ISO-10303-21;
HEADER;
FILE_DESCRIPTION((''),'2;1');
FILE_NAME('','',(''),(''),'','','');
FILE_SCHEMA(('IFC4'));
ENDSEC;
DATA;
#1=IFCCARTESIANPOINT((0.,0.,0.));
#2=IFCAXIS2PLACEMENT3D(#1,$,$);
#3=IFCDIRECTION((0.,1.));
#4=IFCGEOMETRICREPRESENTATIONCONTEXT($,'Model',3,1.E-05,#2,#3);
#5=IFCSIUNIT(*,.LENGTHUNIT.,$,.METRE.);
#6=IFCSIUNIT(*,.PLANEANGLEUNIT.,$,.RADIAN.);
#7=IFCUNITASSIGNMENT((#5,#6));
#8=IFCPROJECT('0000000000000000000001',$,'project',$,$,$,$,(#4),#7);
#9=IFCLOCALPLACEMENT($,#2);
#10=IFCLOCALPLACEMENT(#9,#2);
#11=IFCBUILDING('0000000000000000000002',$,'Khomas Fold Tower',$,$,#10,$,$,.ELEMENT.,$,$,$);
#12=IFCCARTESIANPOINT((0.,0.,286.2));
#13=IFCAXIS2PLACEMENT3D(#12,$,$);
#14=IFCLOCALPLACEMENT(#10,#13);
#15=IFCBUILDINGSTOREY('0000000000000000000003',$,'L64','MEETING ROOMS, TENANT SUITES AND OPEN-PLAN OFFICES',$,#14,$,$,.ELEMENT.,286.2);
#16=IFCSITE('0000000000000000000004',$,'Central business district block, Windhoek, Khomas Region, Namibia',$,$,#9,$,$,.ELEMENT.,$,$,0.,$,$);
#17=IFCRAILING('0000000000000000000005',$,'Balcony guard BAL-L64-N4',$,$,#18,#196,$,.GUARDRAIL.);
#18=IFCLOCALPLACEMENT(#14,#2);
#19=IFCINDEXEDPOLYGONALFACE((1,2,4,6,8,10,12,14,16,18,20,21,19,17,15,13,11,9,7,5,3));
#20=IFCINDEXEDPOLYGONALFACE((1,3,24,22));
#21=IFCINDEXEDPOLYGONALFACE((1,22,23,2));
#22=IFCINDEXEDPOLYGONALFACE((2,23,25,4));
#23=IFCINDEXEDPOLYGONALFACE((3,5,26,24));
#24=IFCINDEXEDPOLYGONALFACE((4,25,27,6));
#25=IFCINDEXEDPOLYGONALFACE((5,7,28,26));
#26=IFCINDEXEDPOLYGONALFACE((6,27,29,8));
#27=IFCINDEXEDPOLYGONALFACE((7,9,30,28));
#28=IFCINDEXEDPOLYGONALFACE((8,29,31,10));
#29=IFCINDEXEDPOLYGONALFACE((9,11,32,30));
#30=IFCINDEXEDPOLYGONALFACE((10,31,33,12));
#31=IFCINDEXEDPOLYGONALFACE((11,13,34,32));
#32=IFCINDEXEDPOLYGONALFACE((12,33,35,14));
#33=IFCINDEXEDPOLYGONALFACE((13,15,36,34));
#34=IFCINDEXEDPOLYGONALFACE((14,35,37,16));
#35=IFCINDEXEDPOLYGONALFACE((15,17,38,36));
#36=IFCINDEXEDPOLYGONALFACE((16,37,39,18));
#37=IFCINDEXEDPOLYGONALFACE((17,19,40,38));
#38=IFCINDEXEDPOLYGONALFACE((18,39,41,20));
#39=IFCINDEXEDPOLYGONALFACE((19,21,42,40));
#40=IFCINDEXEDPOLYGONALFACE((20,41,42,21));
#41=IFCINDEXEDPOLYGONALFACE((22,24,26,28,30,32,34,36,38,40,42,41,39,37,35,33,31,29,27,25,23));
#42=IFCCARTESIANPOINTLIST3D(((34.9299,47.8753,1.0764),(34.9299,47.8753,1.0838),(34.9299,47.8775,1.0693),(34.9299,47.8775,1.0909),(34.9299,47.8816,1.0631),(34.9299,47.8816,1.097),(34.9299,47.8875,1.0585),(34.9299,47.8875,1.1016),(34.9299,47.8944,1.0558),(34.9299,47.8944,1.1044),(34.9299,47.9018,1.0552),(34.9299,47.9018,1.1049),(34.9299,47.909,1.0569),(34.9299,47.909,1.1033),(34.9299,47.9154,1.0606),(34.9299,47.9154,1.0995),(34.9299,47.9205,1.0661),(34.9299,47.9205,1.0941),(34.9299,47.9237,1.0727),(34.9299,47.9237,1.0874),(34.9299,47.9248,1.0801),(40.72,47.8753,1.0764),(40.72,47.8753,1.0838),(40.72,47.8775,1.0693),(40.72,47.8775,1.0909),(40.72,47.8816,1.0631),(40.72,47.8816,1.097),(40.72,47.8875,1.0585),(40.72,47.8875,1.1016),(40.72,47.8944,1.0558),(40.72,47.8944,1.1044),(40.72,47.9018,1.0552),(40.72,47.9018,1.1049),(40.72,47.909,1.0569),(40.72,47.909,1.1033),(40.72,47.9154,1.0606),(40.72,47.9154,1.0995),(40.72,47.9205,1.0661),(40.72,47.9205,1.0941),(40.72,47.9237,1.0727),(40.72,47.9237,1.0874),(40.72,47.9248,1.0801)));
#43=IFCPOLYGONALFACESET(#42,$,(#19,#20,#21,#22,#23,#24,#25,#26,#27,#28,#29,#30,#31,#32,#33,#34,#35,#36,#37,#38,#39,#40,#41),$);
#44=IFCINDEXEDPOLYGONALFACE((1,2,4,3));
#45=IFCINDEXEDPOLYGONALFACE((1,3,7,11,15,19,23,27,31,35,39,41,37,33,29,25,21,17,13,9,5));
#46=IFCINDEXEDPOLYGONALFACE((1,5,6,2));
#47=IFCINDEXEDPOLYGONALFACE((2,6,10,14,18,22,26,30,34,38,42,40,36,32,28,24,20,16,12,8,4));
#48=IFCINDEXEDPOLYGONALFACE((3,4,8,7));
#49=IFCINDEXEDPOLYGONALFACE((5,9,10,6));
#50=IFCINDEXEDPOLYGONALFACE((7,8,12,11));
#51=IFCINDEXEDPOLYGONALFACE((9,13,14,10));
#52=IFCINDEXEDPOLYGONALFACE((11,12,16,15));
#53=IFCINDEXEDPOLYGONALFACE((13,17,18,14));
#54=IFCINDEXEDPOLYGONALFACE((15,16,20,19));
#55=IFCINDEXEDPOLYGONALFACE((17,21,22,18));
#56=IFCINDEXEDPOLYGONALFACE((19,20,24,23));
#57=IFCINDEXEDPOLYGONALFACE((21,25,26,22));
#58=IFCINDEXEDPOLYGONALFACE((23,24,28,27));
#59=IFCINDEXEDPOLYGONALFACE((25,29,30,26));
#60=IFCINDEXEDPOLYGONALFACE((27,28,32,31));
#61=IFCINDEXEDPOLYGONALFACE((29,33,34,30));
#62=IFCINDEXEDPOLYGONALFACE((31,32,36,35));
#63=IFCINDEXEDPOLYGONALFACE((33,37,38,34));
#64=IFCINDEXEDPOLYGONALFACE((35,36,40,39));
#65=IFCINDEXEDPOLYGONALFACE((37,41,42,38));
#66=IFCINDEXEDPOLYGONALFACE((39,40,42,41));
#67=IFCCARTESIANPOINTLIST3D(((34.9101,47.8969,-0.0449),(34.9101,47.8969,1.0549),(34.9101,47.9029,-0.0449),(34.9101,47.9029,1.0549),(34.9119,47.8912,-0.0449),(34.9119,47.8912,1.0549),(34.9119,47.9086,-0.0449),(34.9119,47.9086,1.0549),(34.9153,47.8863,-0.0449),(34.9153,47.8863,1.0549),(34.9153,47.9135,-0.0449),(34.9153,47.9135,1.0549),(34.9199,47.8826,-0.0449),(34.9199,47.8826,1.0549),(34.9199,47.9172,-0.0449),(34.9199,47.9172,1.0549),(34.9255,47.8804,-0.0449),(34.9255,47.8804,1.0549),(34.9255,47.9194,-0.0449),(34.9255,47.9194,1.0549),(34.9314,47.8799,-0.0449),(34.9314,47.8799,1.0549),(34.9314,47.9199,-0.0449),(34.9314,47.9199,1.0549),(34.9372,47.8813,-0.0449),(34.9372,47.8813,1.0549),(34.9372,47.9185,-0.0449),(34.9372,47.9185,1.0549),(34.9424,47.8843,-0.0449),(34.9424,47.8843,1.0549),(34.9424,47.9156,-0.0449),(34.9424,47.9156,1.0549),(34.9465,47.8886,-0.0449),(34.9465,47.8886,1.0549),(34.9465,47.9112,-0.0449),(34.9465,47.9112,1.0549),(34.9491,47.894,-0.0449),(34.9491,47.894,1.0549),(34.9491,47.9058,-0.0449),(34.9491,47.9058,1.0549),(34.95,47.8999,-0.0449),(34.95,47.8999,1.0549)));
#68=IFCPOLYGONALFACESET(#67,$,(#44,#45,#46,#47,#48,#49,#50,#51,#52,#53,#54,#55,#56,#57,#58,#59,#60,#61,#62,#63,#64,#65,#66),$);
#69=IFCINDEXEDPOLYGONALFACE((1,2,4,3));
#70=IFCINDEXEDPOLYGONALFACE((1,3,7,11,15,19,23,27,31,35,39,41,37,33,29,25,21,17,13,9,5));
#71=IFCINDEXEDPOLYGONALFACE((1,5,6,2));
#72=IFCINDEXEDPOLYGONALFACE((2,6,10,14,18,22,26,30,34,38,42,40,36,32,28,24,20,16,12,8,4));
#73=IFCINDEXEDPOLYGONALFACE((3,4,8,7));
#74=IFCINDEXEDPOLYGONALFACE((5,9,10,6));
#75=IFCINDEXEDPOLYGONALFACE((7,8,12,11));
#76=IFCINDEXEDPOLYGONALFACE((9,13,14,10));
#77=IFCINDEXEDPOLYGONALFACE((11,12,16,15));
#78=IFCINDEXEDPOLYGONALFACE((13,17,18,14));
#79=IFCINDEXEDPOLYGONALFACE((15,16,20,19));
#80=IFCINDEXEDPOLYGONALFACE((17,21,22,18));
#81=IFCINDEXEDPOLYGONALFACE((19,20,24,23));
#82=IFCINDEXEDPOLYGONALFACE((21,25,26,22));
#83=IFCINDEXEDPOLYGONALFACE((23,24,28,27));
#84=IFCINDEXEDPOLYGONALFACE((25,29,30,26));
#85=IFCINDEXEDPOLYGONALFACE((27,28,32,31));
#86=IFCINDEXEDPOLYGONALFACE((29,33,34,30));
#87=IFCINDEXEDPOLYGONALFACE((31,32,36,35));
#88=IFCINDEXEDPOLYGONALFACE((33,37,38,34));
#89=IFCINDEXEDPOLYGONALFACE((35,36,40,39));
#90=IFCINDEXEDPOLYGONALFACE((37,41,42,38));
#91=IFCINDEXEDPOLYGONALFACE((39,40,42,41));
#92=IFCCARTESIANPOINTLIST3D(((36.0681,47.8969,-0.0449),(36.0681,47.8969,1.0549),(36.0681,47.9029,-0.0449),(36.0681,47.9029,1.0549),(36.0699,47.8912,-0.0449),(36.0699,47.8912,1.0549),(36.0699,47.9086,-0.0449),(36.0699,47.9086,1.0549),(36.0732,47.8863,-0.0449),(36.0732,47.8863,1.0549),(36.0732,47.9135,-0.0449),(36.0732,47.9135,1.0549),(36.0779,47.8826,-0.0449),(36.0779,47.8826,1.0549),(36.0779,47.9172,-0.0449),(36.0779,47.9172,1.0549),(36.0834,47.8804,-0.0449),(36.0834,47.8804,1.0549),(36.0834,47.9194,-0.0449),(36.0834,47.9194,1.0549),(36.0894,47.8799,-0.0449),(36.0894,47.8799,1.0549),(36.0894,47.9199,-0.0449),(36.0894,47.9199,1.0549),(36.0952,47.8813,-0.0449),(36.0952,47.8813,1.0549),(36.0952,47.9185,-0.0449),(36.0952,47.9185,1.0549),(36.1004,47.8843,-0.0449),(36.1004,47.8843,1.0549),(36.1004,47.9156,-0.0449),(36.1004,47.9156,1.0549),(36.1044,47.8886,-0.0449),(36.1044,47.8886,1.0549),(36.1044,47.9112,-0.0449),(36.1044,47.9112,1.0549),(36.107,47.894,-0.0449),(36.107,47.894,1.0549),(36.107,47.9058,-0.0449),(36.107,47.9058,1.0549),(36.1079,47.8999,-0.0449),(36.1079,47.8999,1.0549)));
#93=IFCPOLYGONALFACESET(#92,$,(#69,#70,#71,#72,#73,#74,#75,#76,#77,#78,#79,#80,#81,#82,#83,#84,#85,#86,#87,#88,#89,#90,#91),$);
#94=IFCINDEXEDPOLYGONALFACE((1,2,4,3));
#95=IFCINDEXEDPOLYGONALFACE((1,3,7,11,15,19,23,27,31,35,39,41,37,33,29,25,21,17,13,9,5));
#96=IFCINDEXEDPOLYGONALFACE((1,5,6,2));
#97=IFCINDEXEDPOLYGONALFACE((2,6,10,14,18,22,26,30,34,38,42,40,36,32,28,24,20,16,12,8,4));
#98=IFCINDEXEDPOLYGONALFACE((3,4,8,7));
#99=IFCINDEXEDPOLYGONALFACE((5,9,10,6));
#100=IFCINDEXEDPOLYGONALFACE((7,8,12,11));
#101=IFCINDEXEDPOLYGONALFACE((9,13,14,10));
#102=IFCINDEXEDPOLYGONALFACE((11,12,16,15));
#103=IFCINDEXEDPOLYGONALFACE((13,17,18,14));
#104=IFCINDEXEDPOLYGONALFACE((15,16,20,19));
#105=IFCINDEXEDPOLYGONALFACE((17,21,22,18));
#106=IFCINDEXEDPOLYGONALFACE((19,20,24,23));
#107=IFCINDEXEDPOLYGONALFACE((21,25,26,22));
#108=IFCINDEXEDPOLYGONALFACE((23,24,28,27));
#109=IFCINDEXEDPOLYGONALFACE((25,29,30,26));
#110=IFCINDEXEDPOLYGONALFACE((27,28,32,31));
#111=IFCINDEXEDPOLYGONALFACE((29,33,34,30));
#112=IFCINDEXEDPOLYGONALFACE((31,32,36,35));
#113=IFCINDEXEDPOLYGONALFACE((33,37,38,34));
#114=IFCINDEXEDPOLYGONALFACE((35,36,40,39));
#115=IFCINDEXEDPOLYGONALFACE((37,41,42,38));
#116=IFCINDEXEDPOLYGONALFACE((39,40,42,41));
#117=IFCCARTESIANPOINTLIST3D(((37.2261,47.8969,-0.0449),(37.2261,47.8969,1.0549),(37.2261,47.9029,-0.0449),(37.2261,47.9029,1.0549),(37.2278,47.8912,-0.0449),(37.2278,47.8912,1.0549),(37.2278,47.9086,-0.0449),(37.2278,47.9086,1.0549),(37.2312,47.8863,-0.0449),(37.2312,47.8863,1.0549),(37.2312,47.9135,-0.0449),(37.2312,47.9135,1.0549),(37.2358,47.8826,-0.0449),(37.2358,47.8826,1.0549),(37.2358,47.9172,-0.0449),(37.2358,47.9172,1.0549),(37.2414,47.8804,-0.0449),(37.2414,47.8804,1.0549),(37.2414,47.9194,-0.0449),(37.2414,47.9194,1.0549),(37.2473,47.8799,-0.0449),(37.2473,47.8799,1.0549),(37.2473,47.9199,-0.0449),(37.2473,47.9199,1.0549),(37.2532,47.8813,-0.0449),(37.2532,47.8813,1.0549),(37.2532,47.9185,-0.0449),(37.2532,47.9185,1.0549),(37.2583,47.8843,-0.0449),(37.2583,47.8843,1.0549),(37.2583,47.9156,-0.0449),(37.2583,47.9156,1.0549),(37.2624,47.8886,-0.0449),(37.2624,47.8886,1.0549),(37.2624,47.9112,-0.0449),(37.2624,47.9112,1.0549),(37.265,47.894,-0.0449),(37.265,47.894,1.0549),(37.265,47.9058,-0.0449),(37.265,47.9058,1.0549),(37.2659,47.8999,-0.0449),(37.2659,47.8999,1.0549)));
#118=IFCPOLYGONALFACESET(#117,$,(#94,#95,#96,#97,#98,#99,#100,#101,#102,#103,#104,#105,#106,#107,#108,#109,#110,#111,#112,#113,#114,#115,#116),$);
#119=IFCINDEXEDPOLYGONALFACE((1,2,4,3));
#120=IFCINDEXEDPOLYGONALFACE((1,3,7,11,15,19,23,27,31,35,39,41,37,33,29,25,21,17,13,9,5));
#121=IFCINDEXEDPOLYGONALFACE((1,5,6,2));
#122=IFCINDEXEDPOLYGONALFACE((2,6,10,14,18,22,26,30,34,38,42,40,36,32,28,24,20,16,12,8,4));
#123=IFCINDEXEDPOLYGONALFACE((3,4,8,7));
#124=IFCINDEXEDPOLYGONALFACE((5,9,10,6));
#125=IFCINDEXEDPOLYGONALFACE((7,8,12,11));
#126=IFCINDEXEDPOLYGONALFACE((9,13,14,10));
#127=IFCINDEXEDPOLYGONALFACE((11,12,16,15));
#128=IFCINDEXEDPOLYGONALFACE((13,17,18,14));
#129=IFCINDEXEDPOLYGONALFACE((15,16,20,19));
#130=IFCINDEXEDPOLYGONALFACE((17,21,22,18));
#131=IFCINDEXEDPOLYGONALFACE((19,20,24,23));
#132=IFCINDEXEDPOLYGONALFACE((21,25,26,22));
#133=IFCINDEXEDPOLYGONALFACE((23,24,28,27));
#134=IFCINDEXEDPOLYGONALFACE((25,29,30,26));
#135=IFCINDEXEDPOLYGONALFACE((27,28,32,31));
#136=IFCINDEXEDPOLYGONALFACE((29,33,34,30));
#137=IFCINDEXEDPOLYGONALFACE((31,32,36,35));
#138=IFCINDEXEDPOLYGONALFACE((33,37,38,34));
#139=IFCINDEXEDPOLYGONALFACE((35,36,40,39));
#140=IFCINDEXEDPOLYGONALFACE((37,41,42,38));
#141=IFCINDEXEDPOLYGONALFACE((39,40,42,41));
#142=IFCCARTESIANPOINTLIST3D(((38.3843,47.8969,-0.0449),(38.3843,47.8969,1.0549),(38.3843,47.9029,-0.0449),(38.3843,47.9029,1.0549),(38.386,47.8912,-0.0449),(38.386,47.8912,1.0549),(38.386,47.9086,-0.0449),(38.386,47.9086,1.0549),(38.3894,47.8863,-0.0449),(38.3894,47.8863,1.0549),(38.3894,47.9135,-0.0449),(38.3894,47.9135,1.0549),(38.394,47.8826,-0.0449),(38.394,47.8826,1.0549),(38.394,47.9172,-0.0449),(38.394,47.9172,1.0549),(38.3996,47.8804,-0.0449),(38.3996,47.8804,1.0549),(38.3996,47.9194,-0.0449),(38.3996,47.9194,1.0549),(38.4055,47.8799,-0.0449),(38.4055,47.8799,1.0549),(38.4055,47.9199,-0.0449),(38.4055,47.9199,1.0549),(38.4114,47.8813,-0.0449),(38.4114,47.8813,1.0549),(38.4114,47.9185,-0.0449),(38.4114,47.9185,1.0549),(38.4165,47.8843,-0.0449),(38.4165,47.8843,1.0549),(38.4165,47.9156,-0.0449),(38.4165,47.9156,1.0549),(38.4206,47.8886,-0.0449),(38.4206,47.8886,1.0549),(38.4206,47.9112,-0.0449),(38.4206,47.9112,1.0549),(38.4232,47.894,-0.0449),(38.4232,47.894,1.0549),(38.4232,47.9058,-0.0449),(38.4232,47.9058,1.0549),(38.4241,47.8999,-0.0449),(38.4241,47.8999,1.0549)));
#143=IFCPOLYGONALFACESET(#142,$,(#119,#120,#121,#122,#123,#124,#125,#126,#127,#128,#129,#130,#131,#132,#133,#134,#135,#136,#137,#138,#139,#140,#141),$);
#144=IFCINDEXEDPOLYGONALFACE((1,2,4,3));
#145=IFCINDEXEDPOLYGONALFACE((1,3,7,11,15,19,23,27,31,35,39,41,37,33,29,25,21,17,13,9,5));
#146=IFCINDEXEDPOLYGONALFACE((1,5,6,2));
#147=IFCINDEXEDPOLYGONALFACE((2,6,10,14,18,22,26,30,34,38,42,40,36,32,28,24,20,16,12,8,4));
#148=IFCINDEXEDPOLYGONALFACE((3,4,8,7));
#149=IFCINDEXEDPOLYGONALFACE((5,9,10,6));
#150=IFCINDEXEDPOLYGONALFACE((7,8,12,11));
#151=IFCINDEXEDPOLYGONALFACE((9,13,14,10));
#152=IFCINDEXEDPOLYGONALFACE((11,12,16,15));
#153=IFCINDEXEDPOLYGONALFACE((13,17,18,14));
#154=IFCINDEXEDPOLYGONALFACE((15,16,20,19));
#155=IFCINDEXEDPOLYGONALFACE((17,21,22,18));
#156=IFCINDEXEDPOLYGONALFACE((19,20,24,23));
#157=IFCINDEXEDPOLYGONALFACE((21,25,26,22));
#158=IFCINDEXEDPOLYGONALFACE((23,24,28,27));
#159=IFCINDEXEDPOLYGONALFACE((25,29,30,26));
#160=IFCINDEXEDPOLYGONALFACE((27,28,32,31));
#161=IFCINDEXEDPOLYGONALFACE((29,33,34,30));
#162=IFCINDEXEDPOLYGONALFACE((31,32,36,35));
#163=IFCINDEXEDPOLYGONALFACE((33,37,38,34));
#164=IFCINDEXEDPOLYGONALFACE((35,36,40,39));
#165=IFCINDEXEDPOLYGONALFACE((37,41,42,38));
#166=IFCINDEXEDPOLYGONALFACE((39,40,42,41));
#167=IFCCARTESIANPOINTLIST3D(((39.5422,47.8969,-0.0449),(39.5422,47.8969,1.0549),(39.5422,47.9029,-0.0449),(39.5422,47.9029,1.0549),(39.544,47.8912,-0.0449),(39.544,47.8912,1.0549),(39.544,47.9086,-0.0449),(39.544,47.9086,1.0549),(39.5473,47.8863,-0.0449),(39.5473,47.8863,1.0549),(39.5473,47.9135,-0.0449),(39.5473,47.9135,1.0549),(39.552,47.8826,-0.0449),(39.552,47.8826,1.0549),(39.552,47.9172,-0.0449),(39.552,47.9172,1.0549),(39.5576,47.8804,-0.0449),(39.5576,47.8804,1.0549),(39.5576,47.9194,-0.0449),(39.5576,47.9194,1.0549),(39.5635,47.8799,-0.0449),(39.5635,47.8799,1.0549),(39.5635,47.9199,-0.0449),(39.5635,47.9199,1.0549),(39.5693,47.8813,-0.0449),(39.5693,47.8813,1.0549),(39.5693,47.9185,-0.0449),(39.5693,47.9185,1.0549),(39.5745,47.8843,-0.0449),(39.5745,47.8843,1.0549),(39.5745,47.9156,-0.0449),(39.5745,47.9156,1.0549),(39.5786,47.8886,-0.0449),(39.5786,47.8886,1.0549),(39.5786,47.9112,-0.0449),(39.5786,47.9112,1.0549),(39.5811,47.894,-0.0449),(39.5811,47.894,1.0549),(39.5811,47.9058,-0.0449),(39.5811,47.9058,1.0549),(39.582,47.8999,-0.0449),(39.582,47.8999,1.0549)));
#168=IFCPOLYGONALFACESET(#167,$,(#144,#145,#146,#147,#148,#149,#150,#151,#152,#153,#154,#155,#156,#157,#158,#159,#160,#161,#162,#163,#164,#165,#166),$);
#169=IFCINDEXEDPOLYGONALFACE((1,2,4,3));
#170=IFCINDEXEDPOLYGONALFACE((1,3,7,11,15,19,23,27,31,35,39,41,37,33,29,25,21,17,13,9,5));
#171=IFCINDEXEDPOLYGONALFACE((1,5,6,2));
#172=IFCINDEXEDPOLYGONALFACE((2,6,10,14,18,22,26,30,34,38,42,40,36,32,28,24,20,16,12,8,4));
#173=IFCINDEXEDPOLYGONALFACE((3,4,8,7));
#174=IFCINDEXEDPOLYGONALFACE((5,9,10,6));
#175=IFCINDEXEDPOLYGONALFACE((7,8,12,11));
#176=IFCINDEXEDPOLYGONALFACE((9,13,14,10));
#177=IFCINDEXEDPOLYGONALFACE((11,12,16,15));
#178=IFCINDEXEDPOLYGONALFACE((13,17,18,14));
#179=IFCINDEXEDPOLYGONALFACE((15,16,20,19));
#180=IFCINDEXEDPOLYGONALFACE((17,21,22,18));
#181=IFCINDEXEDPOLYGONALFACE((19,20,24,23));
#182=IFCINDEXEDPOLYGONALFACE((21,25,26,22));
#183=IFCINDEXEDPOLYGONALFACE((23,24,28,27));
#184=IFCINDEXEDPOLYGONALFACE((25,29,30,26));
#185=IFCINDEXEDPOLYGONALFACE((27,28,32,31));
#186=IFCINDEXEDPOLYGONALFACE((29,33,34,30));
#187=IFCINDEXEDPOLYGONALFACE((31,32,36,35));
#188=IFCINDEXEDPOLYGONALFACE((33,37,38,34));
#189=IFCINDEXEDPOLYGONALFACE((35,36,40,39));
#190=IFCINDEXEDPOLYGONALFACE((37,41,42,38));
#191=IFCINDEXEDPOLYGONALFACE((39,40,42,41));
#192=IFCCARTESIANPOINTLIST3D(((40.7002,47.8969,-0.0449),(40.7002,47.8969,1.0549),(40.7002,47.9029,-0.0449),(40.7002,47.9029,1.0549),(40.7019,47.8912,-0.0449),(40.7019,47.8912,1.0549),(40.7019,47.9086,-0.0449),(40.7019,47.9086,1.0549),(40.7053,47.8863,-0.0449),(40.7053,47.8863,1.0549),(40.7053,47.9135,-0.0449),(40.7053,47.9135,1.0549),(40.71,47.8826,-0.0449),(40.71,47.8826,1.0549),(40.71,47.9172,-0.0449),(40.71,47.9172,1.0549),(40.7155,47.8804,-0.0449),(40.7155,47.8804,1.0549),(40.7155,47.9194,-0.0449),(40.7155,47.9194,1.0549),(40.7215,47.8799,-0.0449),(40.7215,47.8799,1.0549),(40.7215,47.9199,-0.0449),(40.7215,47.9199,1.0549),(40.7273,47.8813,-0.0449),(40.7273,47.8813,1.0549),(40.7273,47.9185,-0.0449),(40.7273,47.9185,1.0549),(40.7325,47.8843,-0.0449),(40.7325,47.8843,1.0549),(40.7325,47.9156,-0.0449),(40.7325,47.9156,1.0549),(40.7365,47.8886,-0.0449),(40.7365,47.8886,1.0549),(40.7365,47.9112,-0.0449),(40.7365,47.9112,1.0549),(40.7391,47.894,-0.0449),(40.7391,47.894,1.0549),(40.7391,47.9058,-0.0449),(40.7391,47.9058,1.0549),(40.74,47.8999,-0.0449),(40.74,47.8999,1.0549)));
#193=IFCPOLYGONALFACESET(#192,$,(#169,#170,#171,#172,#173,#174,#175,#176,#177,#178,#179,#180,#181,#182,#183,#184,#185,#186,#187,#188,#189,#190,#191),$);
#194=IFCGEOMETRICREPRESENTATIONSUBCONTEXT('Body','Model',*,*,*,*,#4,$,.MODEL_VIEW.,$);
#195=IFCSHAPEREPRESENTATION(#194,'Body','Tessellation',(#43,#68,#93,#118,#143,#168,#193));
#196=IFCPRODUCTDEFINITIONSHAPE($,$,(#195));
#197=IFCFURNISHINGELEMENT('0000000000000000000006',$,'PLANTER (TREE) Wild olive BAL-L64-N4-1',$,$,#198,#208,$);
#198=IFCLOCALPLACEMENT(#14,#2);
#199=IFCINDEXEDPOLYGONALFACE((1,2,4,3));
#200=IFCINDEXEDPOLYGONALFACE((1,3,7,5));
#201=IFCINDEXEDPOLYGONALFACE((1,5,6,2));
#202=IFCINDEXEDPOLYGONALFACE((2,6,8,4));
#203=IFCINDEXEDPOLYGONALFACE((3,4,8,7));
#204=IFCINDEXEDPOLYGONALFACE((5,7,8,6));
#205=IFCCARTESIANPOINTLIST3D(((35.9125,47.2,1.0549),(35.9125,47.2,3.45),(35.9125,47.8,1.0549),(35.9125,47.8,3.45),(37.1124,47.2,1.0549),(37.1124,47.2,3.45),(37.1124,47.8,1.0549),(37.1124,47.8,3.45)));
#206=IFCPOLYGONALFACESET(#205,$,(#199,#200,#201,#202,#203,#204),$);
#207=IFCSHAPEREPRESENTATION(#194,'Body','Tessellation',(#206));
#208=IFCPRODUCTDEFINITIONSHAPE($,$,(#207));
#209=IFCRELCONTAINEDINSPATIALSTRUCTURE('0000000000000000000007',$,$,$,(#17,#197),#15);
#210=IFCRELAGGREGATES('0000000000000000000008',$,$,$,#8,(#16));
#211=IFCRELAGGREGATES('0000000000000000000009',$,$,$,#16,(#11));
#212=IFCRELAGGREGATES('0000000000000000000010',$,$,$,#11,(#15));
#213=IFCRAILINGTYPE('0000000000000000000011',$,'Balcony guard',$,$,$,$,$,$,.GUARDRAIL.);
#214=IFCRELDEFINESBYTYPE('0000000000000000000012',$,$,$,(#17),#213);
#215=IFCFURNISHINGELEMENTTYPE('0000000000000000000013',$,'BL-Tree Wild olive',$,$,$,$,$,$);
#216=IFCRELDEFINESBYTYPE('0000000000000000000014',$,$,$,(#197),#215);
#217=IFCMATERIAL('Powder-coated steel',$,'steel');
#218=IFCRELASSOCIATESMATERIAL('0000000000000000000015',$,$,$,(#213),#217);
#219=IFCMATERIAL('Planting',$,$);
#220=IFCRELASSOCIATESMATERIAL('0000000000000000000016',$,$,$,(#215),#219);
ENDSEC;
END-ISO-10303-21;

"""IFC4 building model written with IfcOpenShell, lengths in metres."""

from ifc_helpers import new_model, si_unit, direction, frame, origin, origin_2d, place, context, subcontext, project, spatial, rectangle, circle, extrude, source, transform, mapped, material, type_object, element, save


model = new_model("IFC4")

# Units and contexts
model_context = context("Model", 3, precision=1e-05, world=origin(), true_north=direction((0.0, 1.0)))
body_context = subcontext(model_context, "Body", "Model", "MODEL_VIEW")
ifc_project = project(units=[si_unit("LENGTHUNIT", "METRE"), si_unit("PLANEANGLEUNIT", "RADIAN")], contexts=[model_context])

# Site, building, storey
site_placement = place(None, origin())
site = spatial("IfcSite", under=ifc_project, at=site_placement, Name="Central business district block, Windhoek, Khomas Region, Namibia", CompositionType="ELEMENT", RefElevation=0.0)
building_placement = place(site_placement, origin())
building = spatial("IfcBuilding", under=site, at=building_placement, Name="Khomas Fold Tower", CompositionType="ELEMENT")
storey_placement = place(building_placement, frame((0.0, 0.0, 286.2)))
storey = spatial("IfcBuildingStorey", under=building, at=storey_placement, Name="L64", Description="MEETING ROOMS, TENANT SUITES AND OPEN-PLAN OFFICES", CompositionType="ELEMENT", Elevation=286.2)

# Railing
ifc_material_1 = material(Name="Powder-coated steel", Category="steel")
railing_type = type_object("IfcRailingType", Name="Balcony guard", PredefinedType="GUARDRAIL", material=ifc_material_1)
shared_shape_1 = source(origin(), body_context, "Body", "SweptSolid", [
    extrude(circle(Radius=0.0249, at=origin_2d()), frame((0.0, 0.0, 1.125), z_axis=(1.0, 0.0, 0.0), x_axis=(0.0, 1.0, 0.0)), (0.0, 0.0, 1.0), 5.79),
    extrude(circle(Radius=0.02, at=origin_2d()), origin(), (0.0, 0.0, 1.0), 1.0999),
    extrude(circle(Radius=0.02, at=origin_2d()), frame((1.158, 0.0, 0.0)), (0.0, 0.0, 1.0), 1.0999),
    extrude(circle(Radius=0.02, at=origin_2d()), frame((2.3159, 0.0, 0.0)), (0.0, 0.0, 1.0), 1.0999),
    extrude(circle(Radius=0.02, at=origin_2d()), frame((3.4741, 0.0, 0.0)), (0.0, 0.0, 1.0), 1.0999),
    extrude(circle(Radius=0.02, at=origin_2d()), frame((4.6321, 0.0, 0.0)), (0.0, 0.0, 1.0), 1.0999),
    extrude(circle(Radius=0.02, at=origin_2d()), frame((5.79, 0.0, 0.0)), (0.0, 0.0, 1.0), 1.0999),
])
railing_placement = place(storey_placement, frame((34.9299, 47.8999, -0.0449)))
element("IfcRailing", 1, at=railing_placement, inside=storey, type_object=railing_type, Name="Balcony guard BAL-L64-N4", PredefinedType="GUARDRAIL", context=body_context, shape_type="MappedRepresentation", body=[
    mapped(shared_shape_1, transform((0.0, 0.0, 0.0))),
])

# Furnishing element
ifc_material_2 = material(Name="Planting")
furnishing_element_type_1 = type_object("IfcFurnishingElementType", Name="BL-Tree Wild olive", material=ifc_material_2)
shared_shape_2 = source(origin(), body_context, "Body", "SweptSolid", [
    extrude(rectangle(XDim=1.2, YDim=0.6001, at=origin_2d()), origin(), (0.0, 0.0, 1.0), 2.395),
])
furnishing_1_placement = place(storey_placement, frame((36.5125, 47.5, 1.0549), z_axis=(0.0, 0.0, 1.0), x_axis=(1.0, 0.0, 0.0)))
element("IfcFurnishingElement", 2, at=furnishing_1_placement, inside=storey, type_object=furnishing_element_type_1, Name="PLANTER (TREE) Wild olive BAL-L64-N4-1", context=body_context, shape_type="MappedRepresentation", body=[
    mapped(shared_shape_2, transform((0.0, 0.0, 0.0))),
])

save(model, "model.ifc")
